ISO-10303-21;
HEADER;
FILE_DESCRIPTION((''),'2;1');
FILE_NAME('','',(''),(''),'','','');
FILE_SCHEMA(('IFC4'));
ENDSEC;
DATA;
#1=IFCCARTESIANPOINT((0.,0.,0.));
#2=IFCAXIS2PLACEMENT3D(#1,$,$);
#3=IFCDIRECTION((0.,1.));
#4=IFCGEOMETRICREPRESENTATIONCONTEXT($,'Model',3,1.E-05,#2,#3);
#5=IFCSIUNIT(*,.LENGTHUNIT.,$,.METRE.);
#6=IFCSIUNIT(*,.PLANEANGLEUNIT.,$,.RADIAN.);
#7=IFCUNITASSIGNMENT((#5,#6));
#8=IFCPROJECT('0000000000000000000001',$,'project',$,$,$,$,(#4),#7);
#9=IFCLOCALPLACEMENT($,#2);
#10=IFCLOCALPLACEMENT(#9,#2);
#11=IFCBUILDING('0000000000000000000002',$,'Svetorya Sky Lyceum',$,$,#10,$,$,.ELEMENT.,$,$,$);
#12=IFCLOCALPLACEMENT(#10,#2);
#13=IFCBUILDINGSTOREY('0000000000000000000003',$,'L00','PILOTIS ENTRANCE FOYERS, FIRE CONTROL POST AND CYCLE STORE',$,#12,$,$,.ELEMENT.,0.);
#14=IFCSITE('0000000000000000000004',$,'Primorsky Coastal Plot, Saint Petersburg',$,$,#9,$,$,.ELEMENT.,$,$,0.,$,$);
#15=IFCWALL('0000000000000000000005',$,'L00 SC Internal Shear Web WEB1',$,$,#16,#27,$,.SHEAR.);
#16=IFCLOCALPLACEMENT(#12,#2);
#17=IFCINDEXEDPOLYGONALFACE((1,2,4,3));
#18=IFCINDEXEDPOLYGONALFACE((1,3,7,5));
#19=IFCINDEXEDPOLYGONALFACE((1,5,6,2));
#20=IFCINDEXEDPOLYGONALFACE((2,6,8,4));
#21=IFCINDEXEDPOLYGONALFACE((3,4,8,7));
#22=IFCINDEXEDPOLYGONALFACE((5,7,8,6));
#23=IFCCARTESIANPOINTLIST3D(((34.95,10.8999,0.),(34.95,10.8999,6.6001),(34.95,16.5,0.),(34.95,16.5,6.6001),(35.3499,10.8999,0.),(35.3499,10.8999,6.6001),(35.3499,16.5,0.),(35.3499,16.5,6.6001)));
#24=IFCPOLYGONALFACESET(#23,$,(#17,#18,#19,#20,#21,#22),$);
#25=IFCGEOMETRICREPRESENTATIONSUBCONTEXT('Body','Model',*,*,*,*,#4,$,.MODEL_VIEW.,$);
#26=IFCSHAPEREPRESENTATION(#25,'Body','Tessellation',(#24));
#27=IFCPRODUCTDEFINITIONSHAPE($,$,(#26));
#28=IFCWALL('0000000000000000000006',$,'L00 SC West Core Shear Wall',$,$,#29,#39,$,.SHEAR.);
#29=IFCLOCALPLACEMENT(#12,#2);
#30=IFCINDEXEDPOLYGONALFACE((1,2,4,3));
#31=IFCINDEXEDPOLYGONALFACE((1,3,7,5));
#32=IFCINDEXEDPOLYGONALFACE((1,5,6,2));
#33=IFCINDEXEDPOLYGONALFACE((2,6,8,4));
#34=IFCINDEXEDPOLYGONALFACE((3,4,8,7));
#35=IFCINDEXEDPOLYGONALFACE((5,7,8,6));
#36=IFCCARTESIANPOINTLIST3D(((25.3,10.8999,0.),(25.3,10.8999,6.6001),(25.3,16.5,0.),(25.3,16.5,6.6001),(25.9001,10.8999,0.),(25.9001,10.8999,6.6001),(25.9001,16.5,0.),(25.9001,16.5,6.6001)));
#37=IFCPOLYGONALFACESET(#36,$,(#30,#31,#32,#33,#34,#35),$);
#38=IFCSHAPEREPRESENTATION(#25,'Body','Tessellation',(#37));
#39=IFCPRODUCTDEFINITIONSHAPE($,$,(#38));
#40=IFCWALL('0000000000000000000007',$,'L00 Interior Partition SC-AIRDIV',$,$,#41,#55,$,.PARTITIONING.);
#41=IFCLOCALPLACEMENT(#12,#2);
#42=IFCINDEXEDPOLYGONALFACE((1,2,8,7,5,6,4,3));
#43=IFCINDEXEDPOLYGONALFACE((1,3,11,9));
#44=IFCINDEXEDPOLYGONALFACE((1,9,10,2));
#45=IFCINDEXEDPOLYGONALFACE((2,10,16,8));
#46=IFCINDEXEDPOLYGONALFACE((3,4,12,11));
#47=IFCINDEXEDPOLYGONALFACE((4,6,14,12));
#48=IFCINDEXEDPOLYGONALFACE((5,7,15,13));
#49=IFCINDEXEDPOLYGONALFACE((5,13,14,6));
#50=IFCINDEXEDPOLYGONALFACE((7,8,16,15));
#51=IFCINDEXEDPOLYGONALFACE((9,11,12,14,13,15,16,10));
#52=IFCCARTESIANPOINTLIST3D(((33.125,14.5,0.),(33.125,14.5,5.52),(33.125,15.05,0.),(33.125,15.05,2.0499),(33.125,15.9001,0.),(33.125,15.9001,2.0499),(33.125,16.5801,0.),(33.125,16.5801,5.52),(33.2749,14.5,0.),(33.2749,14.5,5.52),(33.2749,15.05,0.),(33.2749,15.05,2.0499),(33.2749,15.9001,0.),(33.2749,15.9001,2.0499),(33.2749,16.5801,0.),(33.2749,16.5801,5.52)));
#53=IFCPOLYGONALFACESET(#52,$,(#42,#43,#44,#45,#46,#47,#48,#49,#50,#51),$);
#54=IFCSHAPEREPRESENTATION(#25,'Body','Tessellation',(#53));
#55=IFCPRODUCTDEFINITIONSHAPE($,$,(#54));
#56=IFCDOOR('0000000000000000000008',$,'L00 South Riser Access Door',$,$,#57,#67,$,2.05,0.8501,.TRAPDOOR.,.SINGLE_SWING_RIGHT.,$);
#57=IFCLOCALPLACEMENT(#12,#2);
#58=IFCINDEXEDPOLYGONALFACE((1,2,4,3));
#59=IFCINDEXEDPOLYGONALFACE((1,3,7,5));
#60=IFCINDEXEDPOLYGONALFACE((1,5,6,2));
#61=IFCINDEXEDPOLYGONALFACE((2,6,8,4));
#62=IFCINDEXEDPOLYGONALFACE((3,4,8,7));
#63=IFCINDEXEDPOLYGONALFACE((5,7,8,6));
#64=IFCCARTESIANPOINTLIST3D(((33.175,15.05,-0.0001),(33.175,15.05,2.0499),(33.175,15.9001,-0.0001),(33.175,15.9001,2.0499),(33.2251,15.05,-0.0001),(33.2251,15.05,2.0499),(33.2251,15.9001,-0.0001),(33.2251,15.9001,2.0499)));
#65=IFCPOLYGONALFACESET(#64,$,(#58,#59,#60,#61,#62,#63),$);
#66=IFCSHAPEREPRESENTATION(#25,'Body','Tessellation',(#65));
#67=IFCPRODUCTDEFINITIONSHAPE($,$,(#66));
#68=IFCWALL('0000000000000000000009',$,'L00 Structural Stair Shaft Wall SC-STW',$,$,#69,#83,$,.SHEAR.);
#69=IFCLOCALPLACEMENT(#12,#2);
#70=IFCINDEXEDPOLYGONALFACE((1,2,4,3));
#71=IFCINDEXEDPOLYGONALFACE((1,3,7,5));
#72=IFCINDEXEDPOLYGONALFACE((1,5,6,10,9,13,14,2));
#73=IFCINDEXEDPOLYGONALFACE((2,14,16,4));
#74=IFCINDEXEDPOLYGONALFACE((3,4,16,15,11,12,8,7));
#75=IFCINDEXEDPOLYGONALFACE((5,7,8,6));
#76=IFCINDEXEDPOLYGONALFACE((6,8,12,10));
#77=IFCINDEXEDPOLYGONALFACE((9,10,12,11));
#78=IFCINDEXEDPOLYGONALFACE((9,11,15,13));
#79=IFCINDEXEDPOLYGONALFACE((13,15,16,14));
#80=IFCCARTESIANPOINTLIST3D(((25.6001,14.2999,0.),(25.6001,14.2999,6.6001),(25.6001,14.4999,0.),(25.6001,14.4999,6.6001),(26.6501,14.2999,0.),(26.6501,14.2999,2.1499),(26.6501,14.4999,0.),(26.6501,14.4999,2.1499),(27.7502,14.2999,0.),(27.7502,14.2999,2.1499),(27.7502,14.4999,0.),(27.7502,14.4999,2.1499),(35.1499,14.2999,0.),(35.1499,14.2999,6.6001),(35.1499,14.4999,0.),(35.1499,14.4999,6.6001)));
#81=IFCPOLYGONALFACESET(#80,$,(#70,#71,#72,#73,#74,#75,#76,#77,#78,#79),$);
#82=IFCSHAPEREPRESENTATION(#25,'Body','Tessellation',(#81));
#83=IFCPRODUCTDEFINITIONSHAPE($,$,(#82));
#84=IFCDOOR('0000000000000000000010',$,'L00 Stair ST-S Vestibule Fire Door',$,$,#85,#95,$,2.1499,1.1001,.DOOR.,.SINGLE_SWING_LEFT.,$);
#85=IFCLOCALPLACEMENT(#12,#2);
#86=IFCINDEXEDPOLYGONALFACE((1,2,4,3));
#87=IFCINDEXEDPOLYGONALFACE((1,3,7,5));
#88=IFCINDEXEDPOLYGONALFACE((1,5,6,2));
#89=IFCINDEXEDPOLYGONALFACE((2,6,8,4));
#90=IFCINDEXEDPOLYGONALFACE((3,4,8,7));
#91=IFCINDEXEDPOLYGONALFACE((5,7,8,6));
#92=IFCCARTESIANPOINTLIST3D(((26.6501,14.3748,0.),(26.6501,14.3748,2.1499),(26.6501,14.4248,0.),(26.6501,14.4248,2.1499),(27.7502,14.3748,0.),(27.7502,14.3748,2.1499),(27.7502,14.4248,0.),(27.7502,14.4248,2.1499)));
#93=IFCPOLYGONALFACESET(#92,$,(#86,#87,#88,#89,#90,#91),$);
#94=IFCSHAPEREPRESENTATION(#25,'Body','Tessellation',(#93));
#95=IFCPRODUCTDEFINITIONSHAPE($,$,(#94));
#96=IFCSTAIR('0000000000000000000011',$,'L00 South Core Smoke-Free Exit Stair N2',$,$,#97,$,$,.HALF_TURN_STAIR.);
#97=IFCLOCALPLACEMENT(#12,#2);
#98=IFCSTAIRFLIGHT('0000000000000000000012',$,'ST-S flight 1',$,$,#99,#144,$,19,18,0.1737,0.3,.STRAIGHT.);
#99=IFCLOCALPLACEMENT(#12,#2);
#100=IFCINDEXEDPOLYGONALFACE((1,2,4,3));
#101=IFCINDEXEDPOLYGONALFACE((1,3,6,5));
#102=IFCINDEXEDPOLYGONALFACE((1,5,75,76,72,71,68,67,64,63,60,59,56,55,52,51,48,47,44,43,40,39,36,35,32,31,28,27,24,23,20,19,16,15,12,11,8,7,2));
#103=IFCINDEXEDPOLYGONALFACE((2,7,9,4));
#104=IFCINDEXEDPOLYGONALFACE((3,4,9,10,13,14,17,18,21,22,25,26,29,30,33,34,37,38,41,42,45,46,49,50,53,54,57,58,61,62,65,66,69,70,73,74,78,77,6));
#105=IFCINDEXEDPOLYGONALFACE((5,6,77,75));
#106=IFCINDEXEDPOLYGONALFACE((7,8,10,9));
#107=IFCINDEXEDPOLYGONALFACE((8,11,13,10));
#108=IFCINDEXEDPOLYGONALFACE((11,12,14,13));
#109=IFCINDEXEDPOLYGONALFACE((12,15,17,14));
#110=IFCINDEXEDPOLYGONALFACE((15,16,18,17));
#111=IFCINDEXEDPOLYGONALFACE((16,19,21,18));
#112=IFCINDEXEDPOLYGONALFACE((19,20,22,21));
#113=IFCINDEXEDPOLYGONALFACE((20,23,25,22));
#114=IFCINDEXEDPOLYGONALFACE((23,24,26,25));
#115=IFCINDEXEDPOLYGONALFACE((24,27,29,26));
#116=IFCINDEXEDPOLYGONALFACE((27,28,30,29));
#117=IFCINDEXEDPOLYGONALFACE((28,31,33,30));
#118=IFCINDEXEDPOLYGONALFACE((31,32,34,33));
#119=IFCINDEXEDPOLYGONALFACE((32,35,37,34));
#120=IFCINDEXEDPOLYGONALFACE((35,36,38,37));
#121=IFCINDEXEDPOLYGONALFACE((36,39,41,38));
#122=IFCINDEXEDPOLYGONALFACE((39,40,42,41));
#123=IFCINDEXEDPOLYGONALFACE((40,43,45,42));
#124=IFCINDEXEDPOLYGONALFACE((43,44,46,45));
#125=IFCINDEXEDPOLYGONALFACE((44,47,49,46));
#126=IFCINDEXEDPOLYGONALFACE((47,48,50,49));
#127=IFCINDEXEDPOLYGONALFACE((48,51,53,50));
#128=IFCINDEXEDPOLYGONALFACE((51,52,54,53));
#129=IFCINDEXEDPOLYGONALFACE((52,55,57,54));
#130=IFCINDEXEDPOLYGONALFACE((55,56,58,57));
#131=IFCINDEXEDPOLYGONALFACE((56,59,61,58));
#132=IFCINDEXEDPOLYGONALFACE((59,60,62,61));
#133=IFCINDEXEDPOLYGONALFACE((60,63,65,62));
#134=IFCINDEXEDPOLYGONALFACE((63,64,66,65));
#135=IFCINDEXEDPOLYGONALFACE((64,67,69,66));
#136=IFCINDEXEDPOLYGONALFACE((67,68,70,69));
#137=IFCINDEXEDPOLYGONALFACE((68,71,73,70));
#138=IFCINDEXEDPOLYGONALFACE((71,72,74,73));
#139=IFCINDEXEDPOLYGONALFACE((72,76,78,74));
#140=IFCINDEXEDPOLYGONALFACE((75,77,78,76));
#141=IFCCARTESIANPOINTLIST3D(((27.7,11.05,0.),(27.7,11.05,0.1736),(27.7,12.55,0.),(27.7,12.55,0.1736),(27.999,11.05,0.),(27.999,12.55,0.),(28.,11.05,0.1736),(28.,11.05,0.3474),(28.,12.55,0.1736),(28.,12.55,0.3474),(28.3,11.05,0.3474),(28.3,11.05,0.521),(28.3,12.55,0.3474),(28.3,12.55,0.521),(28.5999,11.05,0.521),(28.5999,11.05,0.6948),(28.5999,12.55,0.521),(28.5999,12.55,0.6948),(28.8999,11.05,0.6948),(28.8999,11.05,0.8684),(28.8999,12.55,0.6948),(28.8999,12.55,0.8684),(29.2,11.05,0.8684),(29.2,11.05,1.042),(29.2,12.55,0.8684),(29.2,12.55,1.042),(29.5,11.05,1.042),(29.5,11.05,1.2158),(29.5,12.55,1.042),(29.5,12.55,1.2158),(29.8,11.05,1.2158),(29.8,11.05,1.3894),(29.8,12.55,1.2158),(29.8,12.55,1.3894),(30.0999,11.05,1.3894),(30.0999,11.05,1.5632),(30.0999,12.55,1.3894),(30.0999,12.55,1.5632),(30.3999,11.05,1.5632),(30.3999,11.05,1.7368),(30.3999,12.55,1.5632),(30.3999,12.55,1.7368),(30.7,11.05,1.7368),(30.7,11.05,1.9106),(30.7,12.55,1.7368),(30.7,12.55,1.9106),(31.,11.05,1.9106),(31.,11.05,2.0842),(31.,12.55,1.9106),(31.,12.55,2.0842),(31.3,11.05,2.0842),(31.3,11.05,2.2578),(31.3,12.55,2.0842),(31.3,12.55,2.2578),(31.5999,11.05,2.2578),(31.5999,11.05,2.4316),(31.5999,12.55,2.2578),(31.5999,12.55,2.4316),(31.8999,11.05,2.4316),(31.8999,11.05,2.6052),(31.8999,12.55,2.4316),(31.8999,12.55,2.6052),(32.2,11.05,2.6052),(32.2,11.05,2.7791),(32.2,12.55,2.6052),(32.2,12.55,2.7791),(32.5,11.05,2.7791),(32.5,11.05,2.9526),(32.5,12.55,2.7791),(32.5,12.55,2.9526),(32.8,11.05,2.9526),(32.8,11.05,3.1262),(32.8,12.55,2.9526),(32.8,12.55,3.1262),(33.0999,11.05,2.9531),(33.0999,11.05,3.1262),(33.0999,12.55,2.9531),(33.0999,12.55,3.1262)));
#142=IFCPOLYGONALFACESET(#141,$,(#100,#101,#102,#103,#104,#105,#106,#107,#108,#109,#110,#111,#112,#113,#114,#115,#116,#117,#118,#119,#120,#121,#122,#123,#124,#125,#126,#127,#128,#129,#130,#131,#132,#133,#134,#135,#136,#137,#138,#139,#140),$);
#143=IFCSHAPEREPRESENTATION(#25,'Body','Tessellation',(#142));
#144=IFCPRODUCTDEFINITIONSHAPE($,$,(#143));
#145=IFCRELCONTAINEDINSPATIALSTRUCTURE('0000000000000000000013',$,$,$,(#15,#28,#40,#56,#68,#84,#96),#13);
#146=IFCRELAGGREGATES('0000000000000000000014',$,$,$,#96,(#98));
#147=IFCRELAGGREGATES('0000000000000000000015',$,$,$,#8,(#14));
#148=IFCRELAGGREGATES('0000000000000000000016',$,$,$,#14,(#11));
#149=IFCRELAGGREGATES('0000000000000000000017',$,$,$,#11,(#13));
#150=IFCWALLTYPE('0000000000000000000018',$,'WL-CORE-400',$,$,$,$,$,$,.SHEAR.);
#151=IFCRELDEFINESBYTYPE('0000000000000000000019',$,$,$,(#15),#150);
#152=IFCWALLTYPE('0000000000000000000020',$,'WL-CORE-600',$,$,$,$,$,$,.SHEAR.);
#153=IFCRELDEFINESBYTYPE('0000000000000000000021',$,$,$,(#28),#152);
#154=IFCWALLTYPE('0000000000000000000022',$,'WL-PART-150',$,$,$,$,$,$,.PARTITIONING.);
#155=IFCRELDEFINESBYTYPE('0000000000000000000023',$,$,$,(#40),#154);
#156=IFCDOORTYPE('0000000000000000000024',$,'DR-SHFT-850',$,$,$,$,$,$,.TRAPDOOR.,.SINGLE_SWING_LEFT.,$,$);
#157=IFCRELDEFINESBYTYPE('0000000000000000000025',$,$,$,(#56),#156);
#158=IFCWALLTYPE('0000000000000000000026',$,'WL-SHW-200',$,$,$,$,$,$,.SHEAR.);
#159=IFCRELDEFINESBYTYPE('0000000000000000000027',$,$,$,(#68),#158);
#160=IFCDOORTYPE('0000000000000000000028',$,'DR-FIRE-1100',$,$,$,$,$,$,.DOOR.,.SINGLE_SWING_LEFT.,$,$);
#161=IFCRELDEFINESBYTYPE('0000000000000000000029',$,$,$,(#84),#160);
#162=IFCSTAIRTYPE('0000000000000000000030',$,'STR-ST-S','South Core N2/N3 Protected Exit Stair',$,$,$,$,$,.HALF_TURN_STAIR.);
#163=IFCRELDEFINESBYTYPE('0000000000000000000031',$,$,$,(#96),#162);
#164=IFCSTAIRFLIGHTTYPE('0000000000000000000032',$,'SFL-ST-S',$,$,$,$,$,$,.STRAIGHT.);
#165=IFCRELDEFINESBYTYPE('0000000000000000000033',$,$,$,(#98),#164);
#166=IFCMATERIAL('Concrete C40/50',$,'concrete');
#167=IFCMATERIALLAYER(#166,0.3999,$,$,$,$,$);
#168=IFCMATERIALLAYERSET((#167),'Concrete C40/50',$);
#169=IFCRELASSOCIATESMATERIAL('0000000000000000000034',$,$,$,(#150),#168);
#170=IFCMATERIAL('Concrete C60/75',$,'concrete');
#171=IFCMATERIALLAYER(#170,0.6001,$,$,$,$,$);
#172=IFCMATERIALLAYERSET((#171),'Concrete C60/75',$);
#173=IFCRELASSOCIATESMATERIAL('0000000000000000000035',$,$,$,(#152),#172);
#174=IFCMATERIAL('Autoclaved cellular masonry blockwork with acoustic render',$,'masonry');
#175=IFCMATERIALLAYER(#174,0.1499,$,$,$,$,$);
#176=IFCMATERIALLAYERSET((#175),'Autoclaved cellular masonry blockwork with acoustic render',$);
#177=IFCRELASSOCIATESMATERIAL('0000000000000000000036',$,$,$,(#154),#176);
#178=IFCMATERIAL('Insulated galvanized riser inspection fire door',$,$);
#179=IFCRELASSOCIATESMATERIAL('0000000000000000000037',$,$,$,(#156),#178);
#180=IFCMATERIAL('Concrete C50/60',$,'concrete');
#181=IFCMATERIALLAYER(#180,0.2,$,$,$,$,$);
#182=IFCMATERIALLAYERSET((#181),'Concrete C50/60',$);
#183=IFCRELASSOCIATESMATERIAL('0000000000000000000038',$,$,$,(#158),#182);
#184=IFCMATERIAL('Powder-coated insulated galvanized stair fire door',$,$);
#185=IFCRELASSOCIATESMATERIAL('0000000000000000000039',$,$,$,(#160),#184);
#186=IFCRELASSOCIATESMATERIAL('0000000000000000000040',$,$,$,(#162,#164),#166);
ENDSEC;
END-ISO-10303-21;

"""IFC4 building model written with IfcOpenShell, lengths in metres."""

from ifc_helpers import new_model, si_unit, direction, frame, frame_2d, origin, place, context, subcontext, project, spatial, polyline, rectangle, outline, extrude, material, layer, layer_set, type_object, element, fill, aggregate, save


model = new_model("IFC4")

# Units and contexts
model_context = context("Model", 3, precision=1e-05, world=origin(), true_north=direction((0.0, 1.0)))
body_context = subcontext(model_context, "Body", "Model", "MODEL_VIEW")
ifc_project = project(units=[si_unit("LENGTHUNIT", "METRE"), si_unit("PLANEANGLEUNIT", "RADIAN")], contexts=[model_context])

# Site, building, storey
site_placement = place(None, origin())
site = spatial("IfcSite", under=ifc_project, at=site_placement, Name="Primorsky Coastal Plot, Saint Petersburg", CompositionType="ELEMENT", RefElevation=0.0)
building_placement = place(site_placement, origin())
building = spatial("IfcBuilding", under=site, at=building_placement, Name="Svetorya Sky Lyceum", CompositionType="ELEMENT")
storey_placement = place(building_placement, origin())
storey = spatial("IfcBuildingStorey", under=building, at=storey_placement, Name="L00", Description="PILOTIS ENTRANCE FOYERS, FIRE CONTROL POST AND CYCLE STORE", CompositionType="ELEMENT", Elevation=0.0)

# Shared definitions
ifc_material_1 = material(Name="Concrete C60/75", Category="concrete")

# Shared definitions
ifc_material_2 = material(Name="Concrete C50/60", Category="concrete")

# Walls
ifc_material_3 = material(Name="Concrete C40/50", Category="concrete")
ifc_layer_1 = layer(ifc_material_3, 0.3999)
ifc_layer_set_1 = layer_set([ifc_layer_1], Name="Concrete C40/50")
wall_type_1 = type_object("IfcWallType", Name="WL-CORE-400", PredefinedType="SHEAR", material=ifc_layer_set_1)
wall_1_placement = place(storey_placement, frame((35.1499, 10.8999, 0.0), z_axis=(0.0, 0.0, 1.0), x_axis=(0.0, 1.0, 0.0)))
element("IfcWall", 1, at=wall_1_placement, inside=storey, type_object=wall_type_1, Name="L00 SC Internal Shear Web WEB1", PredefinedType="SHEAR", context=body_context, shape_type="SweptSolid", body=[
    extrude(rectangle(XDim=5.6001, YDim=0.3999, at=frame_2d((2.8, 0.0))), origin(), (0.0, 0.0, 1.0), 6.6001),
])
ifc_layer_2 = layer(ifc_material_1, 0.6001)
ifc_layer_set_2 = layer_set([ifc_layer_2], Name="Concrete C60/75")
wall_type_2 = type_object("IfcWallType", Name="WL-CORE-600", PredefinedType="SHEAR", material=ifc_layer_set_2)
wall_2_placement = place(storey_placement, frame((25.6001, 10.8999, 0.0), z_axis=(0.0, 0.0, 1.0), x_axis=(0.0, 1.0, 0.0)))
element("IfcWall", 2, at=wall_2_placement, inside=storey, type_object=wall_type_2, Name="L00 SC West Core Shear Wall", PredefinedType="SHEAR", context=body_context, shape_type="SweptSolid", body=[
    extrude(rectangle(XDim=5.6001, YDim=0.6001, at=frame_2d((2.8, 0.0))), origin(), (0.0, 0.0, 1.0), 6.6001),
])

# Walls, openings, doors
ifc_material_4 = material(Name="Autoclaved cellular masonry blockwork with acoustic render", Category="masonry")
ifc_layer_3 = layer(ifc_material_4, 0.1499)
ifc_layer_set_3 = layer_set([ifc_layer_3], Name="Autoclaved cellular masonry blockwork with acoustic render")
wall_type_3 = type_object("IfcWallType", Name="WL-PART-150", PredefinedType="PARTITIONING", material=ifc_layer_set_3)
wall_3_placement = place(storey_placement, frame((33.2, 14.5, 0.0), z_axis=(0.0, 0.0, 1.0), x_axis=(0.0, 1.0, 0.0)))
wall_3 = element("IfcWall", 3, at=wall_3_placement, inside=storey, type_object=wall_type_3, Name="L00 Interior Partition SC-AIRDIV", PredefinedType="PARTITIONING", context=body_context, shape_type="SweptSolid", body=[
    extrude(rectangle(XDim=2.0801, YDim=0.1499, at=frame_2d((1.04, 0.0))), origin(), (0.0, 0.0, 1.0), 5.52),
])
opening_1_placement = place(wall_3_placement, frame((0.55, 0.0, 0.0)))
opening_1 = element("IfcOpeningElement", 4, at=opening_1_placement, cuts=wall_3, PredefinedType="OPENING", context=body_context, shape_type="SweptSolid", body=[
    extrude(rectangle(XDim=0.8501, YDim=2.05, at=frame_2d((0.425, 1.0249))), frame((0.0, 0.085, 0.0), z_axis=(0.0, -1.0, 0.0), x_axis=(1.0, 0.0, 0.0)), (0.0, 0.0, 1.0), 0.1699),
])
ifc_material_5 = material(Name="Insulated galvanized riser inspection fire door")
door_type_1 = type_object("IfcDoorType", Name="DR-SHFT-850", OperationType="SINGLE_SWING_LEFT", PredefinedType="TRAPDOOR", material=ifc_material_5)
door_1_placement = place(opening_1_placement, origin())
door_1 = element("IfcDoor", 5, at=door_1_placement, inside=storey, type_object=door_type_1, Name="L00 South Riser Access Door", OperationType="SINGLE_SWING_RIGHT", OverallHeight=2.05, OverallWidth=0.8501, PredefinedType="TRAPDOOR", context=body_context, shape_type="SweptSolid", body=[
    extrude(rectangle(XDim=0.8501, YDim=2.05, at=frame_2d((0.425, 1.0249))), frame((0.0, 0.0249, 0.0), z_axis=(0.0, -1.0, 0.0), x_axis=(1.0, 0.0, 0.0)), (0.0, 0.0, 1.0), 0.05),
])
fill(opening_1, door_1)
ifc_layer_4 = layer(ifc_material_2, 0.2)
ifc_layer_set_4 = layer_set([ifc_layer_4], Name="Concrete C50/60")
wall_type_4 = type_object("IfcWallType", Name="WL-SHW-200", PredefinedType="SHEAR", material=ifc_layer_set_4)
wall_4_placement = place(storey_placement, frame((25.6001, 14.3999, 0.0), z_axis=(0.0, 0.0, 1.0), x_axis=(1.0, 0.0, 0.0)))
wall_4 = element("IfcWall", 6, at=wall_4_placement, inside=storey, type_object=wall_type_4, Name="L00 Structural Stair Shaft Wall SC-STW", PredefinedType="SHEAR", context=body_context, shape_type="SweptSolid", body=[
    extrude(rectangle(XDim=9.5498, YDim=0.2, at=frame_2d((4.7749, 0.0))), origin(), (0.0, 0.0, 1.0), 6.6001),
])
opening_2_placement = place(wall_4_placement, frame((1.05, 0.0, 0.0)))
opening_2 = element("IfcOpeningElement", 7, at=opening_2_placement, cuts=wall_4, PredefinedType="OPENING", context=body_context, shape_type="SweptSolid", body=[
    extrude(rectangle(XDim=1.1001, YDim=2.1499, at=frame_2d((0.55, 1.075))), frame((0.0, 0.1099, 0.0), z_axis=(0.0, -1.0, 0.0), x_axis=(1.0, 0.0, 0.0)), (0.0, 0.0, 1.0), 0.22),
])
ifc_material_6 = material(Name="Powder-coated insulated galvanized stair fire door")
door_type_2 = type_object("IfcDoorType", Name="DR-FIRE-1100", OperationType="SINGLE_SWING_LEFT", PredefinedType="DOOR", material=ifc_material_6)
door_2_placement = place(opening_2_placement, origin())
door_2 = element("IfcDoor", 8, at=door_2_placement, inside=storey, type_object=door_type_2, Name="L00 Stair ST-S Vestibule Fire Door", OperationType="SINGLE_SWING_LEFT", OverallHeight=2.1499, OverallWidth=1.1001, PredefinedType="DOOR", context=body_context, shape_type="SweptSolid", body=[
    extrude(rectangle(XDim=1.1001, YDim=2.1499, at=frame_2d((0.55, 1.075))), frame((0.0, 0.0249, 0.0), z_axis=(0.0, -1.0, 0.0), x_axis=(1.0, 0.0, 0.0)), (0.0, 0.0, 1.0), 0.05),
])
fill(opening_2, door_2)

# Stair, stair flight
stair_type = type_object("IfcStairType", Name="STR-ST-S", Description="South Core N2/N3 Protected Exit Stair", PredefinedType="HALF_TURN_STAIR", material=ifc_material_3)
stair_placement = place(storey_placement, origin())
stair = element("IfcStair", 9, at=stair_placement, inside=storey, type_object=stair_type, Name="L00 South Core Smoke-Free Exit Stair N2", PredefinedType="HALF_TURN_STAIR")
stair_flight_type = type_object("IfcStairFlightType", Name="SFL-ST-S", PredefinedType="STRAIGHT", material=ifc_material_3)
stair_flight_1_placement = place(storey_placement, frame((27.7, 11.8, 0.0), z_axis=(0.0, 0.0, 1.0), x_axis=(1.0, 0.0, 0.0)))
stair_flight_1 = element("IfcStairFlight", 10, at=stair_flight_1_placement, type_object=stair_flight_type, Name="ST-S flight 1", NumberOfRisers=19, NumberOfTreads=18, PredefinedType="STRAIGHT", RiserHeight=0.1737, TreadLength=0.3, context=body_context, shape_type="SweptSolid", body=[
    extrude(outline(polyline([(0.0, 0.0), (0.0, 0.1736), (0.3, 0.1736), (0.3, 0.3474), (0.6001, 0.3474), (0.6001, 0.521), (0.8999, 0.521), (0.8999, 0.6948), (1.2, 0.6948), (1.2, 0.8684), (1.5, 0.8684), (1.5, 1.042), (1.8, 1.042), (1.8, 1.2158), (2.1001, 1.2158), (2.1001, 1.3894), (2.3999, 1.3894), (2.3999, 1.5632), (2.7, 1.5632), (2.7, 1.7368), (3.0, 1.7368), (3.0, 1.9106), (3.3, 1.9106), (3.3, 2.0842), (3.6001, 2.0842), (3.6001, 2.2578), (3.8999, 2.2578), (3.8999, 2.4316), (4.2, 2.4316), (4.2, 2.6052), (4.5, 2.6052), (4.5, 2.7791), (4.8, 2.7791), (4.8, 2.9526), (5.1001, 2.9526), (5.1001, 3.1262), (5.3999, 3.1262), (5.3999, 3.3), (5.3999, 2.9531), (0.2991, 0.0), (0.0, 0.0)])), frame((0.0, 0.75, 0.0), z_axis=(0.0, -1.0, 0.0), x_axis=(1.0, 0.0, 0.0)), (0.0, 0.0, 1.0), 1.5),
])
aggregate(stair, [stair_flight_1])

save(model, "model.ifc")
